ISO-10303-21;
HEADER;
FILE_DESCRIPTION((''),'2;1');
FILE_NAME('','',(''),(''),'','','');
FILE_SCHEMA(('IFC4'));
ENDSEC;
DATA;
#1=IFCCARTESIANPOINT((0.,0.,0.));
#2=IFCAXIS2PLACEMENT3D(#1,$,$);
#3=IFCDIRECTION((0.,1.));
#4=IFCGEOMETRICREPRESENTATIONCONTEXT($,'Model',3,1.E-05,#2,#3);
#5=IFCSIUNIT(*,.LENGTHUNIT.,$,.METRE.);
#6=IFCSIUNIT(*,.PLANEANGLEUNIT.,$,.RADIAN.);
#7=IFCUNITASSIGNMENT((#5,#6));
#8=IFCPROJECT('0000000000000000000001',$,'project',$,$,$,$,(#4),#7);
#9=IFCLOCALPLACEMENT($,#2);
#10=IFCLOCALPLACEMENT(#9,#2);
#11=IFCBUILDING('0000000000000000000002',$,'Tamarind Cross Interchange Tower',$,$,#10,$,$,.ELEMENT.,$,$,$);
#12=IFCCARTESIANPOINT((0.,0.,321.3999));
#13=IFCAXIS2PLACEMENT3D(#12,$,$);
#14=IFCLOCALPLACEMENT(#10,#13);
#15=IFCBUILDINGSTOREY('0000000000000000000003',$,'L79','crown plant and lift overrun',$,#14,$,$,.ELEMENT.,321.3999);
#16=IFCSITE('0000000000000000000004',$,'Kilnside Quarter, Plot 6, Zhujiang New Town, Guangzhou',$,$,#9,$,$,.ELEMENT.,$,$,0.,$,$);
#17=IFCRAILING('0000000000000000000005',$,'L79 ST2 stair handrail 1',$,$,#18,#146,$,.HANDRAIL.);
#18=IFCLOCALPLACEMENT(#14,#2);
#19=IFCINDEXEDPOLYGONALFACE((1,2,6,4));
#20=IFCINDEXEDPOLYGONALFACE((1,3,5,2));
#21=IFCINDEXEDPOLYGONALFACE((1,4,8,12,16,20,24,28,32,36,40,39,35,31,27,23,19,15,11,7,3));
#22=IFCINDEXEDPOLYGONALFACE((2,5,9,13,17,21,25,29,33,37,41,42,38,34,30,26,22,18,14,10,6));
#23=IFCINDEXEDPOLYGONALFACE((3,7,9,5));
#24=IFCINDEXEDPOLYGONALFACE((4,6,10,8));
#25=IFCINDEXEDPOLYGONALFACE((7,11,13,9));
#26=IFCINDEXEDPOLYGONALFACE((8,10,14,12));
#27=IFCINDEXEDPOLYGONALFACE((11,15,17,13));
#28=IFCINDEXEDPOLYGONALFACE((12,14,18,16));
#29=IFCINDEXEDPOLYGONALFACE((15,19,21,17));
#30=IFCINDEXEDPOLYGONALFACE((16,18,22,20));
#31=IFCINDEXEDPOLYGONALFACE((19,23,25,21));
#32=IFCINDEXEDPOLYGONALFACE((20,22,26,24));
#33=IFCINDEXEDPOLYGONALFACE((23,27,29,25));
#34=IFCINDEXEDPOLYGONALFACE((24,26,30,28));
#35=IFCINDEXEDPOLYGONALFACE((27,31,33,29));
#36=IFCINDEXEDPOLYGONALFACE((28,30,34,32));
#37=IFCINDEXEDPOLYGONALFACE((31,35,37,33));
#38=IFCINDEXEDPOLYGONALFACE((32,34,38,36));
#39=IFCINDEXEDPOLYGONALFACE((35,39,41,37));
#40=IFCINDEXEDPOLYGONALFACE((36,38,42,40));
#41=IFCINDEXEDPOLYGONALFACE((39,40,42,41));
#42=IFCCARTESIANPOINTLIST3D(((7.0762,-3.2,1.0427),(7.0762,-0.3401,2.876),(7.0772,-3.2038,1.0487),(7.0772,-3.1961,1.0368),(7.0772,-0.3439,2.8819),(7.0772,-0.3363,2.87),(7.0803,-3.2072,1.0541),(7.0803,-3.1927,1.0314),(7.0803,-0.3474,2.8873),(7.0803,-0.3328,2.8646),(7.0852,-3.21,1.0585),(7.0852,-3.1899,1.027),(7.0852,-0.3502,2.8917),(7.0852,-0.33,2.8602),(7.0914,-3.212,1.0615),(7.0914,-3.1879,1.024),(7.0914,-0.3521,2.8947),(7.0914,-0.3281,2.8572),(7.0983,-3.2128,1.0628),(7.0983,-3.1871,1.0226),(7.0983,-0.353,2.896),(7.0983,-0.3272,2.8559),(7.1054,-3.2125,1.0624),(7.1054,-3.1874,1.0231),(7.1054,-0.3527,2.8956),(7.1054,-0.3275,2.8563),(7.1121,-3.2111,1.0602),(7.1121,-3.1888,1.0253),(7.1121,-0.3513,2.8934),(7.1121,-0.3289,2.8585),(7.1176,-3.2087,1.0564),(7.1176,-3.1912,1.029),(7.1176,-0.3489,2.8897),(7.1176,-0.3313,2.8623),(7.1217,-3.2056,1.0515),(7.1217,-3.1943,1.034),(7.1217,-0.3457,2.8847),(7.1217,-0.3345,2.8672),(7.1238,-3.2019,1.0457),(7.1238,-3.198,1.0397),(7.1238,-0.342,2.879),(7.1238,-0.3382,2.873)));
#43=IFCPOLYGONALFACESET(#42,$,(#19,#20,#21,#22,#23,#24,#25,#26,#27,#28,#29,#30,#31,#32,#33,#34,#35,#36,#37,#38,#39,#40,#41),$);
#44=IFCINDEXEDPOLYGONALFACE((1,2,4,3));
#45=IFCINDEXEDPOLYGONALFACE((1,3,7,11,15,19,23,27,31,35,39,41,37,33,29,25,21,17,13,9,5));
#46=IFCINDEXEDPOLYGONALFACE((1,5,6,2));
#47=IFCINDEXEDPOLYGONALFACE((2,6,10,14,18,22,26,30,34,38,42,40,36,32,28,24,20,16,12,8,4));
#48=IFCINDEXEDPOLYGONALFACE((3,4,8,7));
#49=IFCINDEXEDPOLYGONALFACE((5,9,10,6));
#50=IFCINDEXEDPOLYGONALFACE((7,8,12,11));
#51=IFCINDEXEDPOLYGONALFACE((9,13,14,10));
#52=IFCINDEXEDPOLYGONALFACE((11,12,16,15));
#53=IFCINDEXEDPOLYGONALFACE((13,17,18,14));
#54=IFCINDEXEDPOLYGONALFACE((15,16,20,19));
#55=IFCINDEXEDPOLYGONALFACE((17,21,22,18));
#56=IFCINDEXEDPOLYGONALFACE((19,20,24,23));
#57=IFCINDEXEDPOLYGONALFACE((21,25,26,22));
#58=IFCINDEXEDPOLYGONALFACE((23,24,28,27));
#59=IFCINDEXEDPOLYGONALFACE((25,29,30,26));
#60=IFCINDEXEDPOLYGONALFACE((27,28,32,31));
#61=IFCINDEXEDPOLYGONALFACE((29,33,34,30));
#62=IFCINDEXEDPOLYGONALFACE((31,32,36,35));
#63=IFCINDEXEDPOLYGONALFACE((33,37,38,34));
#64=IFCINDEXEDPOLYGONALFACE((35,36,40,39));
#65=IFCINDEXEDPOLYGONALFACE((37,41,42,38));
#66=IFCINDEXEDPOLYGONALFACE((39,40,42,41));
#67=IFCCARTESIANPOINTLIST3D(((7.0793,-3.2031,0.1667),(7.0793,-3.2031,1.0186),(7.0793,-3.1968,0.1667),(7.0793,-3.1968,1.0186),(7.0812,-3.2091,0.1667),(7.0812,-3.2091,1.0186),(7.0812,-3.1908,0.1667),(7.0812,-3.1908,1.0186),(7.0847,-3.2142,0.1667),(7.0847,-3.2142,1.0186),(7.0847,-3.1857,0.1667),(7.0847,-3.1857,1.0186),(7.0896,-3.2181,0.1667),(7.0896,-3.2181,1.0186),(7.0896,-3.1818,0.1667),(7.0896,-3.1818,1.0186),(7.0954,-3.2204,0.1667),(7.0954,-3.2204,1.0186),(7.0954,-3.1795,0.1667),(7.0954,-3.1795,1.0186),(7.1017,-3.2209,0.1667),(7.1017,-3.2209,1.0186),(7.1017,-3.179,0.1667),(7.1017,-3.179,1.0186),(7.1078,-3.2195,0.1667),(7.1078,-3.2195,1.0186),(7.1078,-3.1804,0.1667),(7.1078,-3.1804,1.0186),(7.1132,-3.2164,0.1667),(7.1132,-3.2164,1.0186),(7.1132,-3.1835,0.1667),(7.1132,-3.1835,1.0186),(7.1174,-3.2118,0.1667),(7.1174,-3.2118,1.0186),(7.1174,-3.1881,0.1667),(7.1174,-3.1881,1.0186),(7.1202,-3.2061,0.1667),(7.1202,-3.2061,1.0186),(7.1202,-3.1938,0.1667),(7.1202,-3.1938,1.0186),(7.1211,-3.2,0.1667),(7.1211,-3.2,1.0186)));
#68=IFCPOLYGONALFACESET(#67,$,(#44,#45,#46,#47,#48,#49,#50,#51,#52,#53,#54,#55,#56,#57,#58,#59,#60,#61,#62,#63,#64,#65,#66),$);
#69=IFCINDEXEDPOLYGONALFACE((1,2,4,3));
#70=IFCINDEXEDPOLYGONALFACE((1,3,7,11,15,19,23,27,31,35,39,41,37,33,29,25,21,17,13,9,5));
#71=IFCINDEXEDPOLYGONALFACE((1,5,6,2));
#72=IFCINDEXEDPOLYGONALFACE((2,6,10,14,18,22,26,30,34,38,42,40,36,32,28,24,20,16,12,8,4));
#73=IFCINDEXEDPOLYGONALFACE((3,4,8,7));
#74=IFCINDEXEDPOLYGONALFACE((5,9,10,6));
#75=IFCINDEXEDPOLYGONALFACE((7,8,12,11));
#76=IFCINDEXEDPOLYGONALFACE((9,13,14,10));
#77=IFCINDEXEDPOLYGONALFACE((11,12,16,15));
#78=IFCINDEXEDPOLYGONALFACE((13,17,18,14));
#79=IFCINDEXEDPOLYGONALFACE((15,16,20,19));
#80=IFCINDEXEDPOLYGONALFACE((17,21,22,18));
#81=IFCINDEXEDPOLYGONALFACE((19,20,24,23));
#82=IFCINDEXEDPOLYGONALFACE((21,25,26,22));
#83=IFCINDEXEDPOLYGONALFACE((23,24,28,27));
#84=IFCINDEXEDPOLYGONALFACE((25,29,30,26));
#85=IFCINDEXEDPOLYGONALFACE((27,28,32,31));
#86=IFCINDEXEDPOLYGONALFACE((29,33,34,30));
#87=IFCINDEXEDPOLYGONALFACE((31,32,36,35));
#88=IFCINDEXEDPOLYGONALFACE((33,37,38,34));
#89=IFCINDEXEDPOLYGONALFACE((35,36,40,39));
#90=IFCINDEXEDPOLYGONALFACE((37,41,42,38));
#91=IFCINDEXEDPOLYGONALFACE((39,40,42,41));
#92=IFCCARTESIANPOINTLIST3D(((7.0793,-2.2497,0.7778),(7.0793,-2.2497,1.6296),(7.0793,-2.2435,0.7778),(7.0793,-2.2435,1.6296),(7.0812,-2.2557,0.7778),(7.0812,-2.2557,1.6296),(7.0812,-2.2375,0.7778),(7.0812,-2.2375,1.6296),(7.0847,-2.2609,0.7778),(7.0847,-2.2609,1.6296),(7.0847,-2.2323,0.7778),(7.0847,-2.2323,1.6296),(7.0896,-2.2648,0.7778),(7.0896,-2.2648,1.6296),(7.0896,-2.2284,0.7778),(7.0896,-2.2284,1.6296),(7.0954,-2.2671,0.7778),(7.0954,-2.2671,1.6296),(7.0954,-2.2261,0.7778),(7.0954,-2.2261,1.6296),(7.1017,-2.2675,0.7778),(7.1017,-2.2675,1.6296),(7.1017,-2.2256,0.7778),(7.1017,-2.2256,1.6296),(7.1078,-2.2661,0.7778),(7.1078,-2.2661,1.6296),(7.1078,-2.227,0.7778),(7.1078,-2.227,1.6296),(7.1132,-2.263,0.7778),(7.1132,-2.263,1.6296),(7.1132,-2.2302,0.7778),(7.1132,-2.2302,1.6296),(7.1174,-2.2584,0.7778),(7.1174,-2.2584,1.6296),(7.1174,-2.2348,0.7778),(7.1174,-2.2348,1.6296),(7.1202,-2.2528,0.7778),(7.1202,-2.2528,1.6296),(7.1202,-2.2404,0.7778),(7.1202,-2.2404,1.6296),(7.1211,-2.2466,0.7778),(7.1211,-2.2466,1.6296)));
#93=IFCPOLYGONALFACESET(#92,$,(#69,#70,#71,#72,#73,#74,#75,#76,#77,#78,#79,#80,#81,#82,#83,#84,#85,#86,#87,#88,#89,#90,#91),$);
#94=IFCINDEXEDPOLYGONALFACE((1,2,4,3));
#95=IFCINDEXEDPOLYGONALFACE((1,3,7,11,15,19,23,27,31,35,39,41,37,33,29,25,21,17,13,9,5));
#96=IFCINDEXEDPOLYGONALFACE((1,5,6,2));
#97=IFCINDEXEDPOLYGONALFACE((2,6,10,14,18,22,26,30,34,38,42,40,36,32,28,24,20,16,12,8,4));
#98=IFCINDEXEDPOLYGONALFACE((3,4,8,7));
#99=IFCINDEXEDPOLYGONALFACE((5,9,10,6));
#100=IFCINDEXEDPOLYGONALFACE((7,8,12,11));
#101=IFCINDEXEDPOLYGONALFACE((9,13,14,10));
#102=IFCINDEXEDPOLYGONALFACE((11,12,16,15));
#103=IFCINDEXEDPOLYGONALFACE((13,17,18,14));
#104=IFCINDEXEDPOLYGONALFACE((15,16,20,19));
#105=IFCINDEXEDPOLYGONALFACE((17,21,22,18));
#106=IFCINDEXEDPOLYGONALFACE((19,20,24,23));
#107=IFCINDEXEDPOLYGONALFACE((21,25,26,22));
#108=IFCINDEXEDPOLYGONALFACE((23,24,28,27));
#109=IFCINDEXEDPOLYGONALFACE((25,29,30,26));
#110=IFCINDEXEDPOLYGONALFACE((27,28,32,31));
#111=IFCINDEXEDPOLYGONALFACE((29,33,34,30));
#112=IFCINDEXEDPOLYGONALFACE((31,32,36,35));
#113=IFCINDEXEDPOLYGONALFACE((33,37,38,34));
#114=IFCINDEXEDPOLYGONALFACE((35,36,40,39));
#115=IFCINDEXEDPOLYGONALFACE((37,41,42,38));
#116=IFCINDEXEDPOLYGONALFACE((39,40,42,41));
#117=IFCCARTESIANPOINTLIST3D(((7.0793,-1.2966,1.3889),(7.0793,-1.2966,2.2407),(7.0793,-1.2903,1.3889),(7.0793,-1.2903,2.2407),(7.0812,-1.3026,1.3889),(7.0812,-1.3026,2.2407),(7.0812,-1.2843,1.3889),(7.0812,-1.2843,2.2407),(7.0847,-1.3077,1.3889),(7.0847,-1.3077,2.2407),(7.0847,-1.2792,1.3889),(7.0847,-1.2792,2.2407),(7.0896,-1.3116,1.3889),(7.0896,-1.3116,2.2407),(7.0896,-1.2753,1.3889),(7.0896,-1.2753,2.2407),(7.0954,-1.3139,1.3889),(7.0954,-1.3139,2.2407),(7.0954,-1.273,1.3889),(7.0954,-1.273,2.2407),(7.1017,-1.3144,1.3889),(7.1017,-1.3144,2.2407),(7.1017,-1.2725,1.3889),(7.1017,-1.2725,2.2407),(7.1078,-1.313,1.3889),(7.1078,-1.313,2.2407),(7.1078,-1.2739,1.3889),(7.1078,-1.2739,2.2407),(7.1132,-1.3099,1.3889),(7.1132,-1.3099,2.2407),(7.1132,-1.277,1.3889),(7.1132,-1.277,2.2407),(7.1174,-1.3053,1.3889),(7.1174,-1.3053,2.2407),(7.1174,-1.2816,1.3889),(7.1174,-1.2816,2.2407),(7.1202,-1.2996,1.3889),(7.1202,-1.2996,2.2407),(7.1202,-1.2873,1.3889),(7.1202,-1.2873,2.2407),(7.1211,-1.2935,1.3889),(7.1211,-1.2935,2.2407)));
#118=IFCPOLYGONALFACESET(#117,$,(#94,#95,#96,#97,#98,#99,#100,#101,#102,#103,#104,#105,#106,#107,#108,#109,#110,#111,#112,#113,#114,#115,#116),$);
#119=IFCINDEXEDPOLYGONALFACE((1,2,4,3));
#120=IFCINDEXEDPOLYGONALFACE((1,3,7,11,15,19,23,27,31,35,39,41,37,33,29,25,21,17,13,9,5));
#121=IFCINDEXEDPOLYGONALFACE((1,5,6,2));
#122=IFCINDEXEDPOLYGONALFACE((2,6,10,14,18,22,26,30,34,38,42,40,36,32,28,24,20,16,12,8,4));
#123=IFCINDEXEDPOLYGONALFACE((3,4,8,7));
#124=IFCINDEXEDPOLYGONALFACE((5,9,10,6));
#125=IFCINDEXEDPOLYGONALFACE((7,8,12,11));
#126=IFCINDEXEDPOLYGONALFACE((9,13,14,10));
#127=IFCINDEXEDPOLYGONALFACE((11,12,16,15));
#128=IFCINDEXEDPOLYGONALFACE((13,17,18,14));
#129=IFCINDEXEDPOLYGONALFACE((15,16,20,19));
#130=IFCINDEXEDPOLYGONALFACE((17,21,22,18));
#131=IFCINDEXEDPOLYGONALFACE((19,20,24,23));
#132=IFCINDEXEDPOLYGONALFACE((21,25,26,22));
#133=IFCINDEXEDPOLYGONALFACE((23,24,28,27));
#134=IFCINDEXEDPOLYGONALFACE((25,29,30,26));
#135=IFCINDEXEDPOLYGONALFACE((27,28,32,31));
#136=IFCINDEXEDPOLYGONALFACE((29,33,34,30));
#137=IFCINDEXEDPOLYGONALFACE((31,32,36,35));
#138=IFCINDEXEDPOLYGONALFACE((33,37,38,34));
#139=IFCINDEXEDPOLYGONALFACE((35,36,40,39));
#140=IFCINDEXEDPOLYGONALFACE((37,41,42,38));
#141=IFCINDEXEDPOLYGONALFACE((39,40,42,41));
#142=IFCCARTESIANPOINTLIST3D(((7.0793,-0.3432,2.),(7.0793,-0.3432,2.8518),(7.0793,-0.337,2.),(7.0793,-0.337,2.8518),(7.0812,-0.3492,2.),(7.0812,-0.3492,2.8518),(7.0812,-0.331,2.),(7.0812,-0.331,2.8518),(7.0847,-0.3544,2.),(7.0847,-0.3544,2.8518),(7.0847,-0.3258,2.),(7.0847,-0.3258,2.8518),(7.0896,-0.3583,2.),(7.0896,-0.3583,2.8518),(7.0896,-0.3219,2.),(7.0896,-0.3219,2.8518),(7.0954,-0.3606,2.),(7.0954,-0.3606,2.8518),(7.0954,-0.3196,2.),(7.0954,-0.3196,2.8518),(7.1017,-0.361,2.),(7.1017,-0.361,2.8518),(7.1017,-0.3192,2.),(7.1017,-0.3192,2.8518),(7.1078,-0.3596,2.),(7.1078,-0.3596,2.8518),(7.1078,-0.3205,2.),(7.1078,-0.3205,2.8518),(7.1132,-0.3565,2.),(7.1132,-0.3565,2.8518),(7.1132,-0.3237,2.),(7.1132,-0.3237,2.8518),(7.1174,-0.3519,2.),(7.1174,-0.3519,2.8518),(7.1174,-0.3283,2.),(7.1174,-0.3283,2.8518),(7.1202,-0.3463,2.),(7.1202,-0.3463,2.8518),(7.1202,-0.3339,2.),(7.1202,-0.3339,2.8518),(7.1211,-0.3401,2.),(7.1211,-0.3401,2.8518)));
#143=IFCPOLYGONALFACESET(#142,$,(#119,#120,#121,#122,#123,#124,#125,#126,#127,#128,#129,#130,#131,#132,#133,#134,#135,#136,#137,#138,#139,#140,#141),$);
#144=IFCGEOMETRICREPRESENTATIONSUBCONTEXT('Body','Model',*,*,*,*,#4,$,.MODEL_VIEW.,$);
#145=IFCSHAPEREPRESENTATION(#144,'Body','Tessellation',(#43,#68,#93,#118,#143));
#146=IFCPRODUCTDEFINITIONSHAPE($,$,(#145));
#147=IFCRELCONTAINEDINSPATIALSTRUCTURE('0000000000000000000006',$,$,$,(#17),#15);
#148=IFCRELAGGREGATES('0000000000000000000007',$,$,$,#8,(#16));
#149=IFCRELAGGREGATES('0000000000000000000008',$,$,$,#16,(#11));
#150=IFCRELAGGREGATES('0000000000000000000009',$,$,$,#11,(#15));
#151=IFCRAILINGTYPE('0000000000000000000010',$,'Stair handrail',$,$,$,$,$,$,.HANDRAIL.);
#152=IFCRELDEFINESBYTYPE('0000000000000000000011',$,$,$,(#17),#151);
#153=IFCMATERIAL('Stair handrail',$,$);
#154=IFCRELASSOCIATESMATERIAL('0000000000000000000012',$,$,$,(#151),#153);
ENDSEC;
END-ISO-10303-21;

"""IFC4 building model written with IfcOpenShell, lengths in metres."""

from ifc_helpers import new_model, si_unit, direction, frame, origin, origin_2d, place, context, subcontext, project, spatial, circle, extrude, material, type_object, element, save


model = new_model("IFC4")

# Units and contexts
model_context = context("Model", 3, precision=1e-05, world=origin(), true_north=direction((0.0, 1.0)))
body_context = subcontext(model_context, "Body", "Model", "MODEL_VIEW")
ifc_project = project(units=[si_unit("LENGTHUNIT", "METRE"), si_unit("PLANEANGLEUNIT", "RADIAN")], contexts=[model_context])

# Site, building, storey
site_placement = place(None, origin())
site = spatial("IfcSite", under=ifc_project, at=site_placement, Name="Kilnside Quarter, Plot 6, Zhujiang New Town, Guangzhou", CompositionType="ELEMENT", RefElevation=0.0)
building_placement = place(site_placement, origin())
building = spatial("IfcBuilding", under=site, at=building_placement, Name="Tamarind Cross Interchange Tower", CompositionType="ELEMENT")
storey_placement = place(building_placement, frame((0.0, 0.0, 321.3999)))
storey = spatial("IfcBuildingStorey", under=building, at=storey_placement, Name="L79", Description="crown plant and lift overrun", CompositionType="ELEMENT", Elevation=321.3999)

# Railing
ifc_material_1 = material(Name="Stair handrail")
railing_type_1 = type_object("IfcRailingType", Name="Stair handrail", PredefinedType="HANDRAIL", material=ifc_material_1)
railing_1_placement = place(storey_placement, frame((7.1001, -3.2, 0.1667)))
element("IfcRailing", 1, at=railing_1_placement, inside=storey, type_object=railing_type_1, Name="L79 ST2 stair handrail 1", PredefinedType="HANDRAIL", context=body_context, shape_type="SweptSolid", body=[
    extrude(circle(Radius=0.0239, at=origin_2d()), frame((0.0, 0.0, 0.876), z_axis=(0.0, 0.841878, 0.539667), x_axis=(-1.0, 0.0, 0.0)), (0.0, 0.0, 1.0), 3.397),
    extrude(circle(Radius=0.021, at=origin_2d()), origin(), (0.0, 0.0, 1.0), 0.8518),
    extrude(circle(Radius=0.021, at=origin_2d()), frame((0.0, 0.9534, 0.6111)), (0.0, 0.0, 1.0), 0.8518),
    extrude(circle(Radius=0.021, at=origin_2d()), frame((0.0, 1.9065, 1.2222)), (0.0, 0.0, 1.0), 0.8518),
    extrude(circle(Radius=0.021, at=origin_2d()), frame((0.0, 2.8599, 1.8333)), (0.0, 0.0, 1.0), 0.8518),
])

save(model, "model.ifc")
